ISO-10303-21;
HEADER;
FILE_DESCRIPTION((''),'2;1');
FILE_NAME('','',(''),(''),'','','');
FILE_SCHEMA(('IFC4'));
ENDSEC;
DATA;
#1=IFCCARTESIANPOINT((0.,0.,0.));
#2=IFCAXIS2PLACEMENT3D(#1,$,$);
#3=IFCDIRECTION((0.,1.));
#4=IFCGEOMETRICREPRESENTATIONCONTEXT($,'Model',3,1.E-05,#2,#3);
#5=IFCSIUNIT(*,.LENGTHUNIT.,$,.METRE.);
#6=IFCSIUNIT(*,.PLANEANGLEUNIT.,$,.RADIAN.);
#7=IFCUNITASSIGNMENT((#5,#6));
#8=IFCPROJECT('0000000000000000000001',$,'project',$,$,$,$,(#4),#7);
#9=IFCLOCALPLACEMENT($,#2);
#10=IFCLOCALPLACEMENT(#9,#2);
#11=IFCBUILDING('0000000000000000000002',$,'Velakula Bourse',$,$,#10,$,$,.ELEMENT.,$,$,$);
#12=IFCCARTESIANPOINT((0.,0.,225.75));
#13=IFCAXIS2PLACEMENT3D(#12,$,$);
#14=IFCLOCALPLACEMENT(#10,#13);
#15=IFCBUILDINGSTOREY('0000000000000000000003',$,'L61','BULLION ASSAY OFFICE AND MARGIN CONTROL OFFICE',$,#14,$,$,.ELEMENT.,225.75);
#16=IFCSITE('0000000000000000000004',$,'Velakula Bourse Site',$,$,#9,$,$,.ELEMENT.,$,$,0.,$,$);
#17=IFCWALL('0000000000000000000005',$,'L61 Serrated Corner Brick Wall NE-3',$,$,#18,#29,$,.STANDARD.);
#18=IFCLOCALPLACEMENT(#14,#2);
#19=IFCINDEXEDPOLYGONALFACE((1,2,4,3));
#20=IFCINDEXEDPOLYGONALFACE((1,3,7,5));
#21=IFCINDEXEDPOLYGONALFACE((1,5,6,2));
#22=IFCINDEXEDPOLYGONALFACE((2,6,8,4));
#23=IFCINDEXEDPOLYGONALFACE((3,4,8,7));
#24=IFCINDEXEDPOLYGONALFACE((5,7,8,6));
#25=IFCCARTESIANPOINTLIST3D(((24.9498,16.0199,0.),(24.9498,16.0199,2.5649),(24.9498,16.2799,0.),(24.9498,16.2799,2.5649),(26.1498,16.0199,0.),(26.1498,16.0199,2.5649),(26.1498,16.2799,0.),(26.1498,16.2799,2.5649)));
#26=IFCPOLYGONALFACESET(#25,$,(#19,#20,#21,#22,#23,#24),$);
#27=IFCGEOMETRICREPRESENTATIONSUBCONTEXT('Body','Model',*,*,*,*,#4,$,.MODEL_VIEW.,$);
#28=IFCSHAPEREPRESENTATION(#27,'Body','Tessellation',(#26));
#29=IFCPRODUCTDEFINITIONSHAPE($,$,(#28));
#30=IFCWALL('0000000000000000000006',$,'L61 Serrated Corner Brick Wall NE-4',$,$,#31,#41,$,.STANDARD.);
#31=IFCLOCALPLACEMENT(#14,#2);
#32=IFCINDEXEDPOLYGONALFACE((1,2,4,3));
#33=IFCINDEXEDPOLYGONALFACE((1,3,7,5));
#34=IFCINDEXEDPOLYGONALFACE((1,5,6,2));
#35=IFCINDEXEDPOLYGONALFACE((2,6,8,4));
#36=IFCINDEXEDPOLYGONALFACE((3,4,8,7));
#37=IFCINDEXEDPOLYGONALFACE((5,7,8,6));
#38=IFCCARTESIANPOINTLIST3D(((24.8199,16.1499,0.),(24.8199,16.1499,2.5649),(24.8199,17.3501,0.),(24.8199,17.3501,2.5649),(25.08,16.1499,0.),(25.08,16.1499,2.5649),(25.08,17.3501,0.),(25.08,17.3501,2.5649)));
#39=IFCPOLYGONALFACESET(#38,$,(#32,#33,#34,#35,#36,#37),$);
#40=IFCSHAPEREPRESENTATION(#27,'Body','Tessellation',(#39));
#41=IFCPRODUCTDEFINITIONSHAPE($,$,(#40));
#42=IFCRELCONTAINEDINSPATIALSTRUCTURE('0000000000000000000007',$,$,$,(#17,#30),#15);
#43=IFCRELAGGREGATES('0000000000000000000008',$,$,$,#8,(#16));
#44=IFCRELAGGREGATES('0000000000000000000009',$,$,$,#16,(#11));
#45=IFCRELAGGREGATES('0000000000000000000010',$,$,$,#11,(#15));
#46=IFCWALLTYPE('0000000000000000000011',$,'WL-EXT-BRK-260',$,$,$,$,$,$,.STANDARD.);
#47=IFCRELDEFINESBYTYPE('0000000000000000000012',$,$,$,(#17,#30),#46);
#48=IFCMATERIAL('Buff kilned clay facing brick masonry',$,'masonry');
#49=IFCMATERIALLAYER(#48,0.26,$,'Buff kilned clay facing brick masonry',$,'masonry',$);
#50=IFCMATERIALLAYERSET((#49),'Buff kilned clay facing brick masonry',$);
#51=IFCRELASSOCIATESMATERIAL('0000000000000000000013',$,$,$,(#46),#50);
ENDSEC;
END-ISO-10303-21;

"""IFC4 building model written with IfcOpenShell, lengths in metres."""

from ifc_helpers import new_model, si_unit, direction, frame, frame_2d, origin, place, context, subcontext, project, spatial, rectangle, extrude, material, layer, layer_set, type_object, element, save


model = new_model("IFC4")

# Units and contexts
model_context = context("Model", 3, precision=1e-05, world=origin(), true_north=direction((0.0, 1.0)))
body_context = subcontext(model_context, "Body", "Model", "MODEL_VIEW")
ifc_project = project(units=[si_unit("LENGTHUNIT", "METRE"), si_unit("PLANEANGLEUNIT", "RADIAN")], contexts=[model_context])

# Site, building, storey
site_placement = place(None, origin())
site = spatial("IfcSite", under=ifc_project, at=site_placement, Name="Velakula Bourse Site", CompositionType="ELEMENT", RefElevation=0.0)
building_placement = place(site_placement, origin())
building = spatial("IfcBuilding", under=site, at=building_placement, Name="Velakula Bourse", CompositionType="ELEMENT")
storey_placement = place(building_placement, frame((0.0, 0.0, 225.75)))
storey = spatial("IfcBuildingStorey", under=building, at=storey_placement, Name="L61", Description="BULLION ASSAY OFFICE AND MARGIN CONTROL OFFICE", CompositionType="ELEMENT", Elevation=225.75)

# Shared definitions
ifc_material_1 = material(Name="Buff kilned clay facing brick masonry", Category="masonry")
ifc_layer = layer(ifc_material_1, 0.26, Name="Buff kilned clay facing brick masonry", Category="masonry")
ifc_layer_set = layer_set([ifc_layer], Name="Buff kilned clay facing brick masonry")
wall_type = type_object("IfcWallType", Name="WL-EXT-BRK-260", PredefinedType="STANDARD", material=ifc_layer_set)

# Walls
for number, where, z_axis, x_axis, name in (
    (1, (26.1499, 16.1499, 0.0), (0.0, 0.0, 1.0), (-1.0, 0.0, 0.0), "L61 Serrated Corner Brick Wall NE-3"),
):
    element("IfcWall", number, at=place(storey_placement, frame(where, z_axis=z_axis, x_axis=x_axis)), inside=storey, type_object=wall_type, Name=name, PredefinedType="STANDARD", context=body_context, shape_type="SweptSolid", body=[
        extrude(rectangle(XDim=1.2, YDim=0.26, at=frame_2d((0.6001, 0.0))), origin(), (0.0, 0.0, 1.0), 2.5649),
    ])
wall_1_placement = place(storey_placement, frame((24.95, 16.1499, 0.0), z_axis=(0.0, 0.0, 1.0), x_axis=(0.0, 1.0, 0.0)))
element("IfcWall", 2, at=wall_1_placement, inside=storey, type_object=wall_type, Name="L61 Serrated Corner Brick Wall NE-4", PredefinedType="STANDARD", context=body_context, shape_type="SweptSolid", body=[
    extrude(rectangle(XDim=1.2002, YDim=0.26, at=frame_2d((0.6001, 0.0))), origin(), (0.0, 0.0, 1.0), 2.5649),
])

save(model, "model.ifc")
